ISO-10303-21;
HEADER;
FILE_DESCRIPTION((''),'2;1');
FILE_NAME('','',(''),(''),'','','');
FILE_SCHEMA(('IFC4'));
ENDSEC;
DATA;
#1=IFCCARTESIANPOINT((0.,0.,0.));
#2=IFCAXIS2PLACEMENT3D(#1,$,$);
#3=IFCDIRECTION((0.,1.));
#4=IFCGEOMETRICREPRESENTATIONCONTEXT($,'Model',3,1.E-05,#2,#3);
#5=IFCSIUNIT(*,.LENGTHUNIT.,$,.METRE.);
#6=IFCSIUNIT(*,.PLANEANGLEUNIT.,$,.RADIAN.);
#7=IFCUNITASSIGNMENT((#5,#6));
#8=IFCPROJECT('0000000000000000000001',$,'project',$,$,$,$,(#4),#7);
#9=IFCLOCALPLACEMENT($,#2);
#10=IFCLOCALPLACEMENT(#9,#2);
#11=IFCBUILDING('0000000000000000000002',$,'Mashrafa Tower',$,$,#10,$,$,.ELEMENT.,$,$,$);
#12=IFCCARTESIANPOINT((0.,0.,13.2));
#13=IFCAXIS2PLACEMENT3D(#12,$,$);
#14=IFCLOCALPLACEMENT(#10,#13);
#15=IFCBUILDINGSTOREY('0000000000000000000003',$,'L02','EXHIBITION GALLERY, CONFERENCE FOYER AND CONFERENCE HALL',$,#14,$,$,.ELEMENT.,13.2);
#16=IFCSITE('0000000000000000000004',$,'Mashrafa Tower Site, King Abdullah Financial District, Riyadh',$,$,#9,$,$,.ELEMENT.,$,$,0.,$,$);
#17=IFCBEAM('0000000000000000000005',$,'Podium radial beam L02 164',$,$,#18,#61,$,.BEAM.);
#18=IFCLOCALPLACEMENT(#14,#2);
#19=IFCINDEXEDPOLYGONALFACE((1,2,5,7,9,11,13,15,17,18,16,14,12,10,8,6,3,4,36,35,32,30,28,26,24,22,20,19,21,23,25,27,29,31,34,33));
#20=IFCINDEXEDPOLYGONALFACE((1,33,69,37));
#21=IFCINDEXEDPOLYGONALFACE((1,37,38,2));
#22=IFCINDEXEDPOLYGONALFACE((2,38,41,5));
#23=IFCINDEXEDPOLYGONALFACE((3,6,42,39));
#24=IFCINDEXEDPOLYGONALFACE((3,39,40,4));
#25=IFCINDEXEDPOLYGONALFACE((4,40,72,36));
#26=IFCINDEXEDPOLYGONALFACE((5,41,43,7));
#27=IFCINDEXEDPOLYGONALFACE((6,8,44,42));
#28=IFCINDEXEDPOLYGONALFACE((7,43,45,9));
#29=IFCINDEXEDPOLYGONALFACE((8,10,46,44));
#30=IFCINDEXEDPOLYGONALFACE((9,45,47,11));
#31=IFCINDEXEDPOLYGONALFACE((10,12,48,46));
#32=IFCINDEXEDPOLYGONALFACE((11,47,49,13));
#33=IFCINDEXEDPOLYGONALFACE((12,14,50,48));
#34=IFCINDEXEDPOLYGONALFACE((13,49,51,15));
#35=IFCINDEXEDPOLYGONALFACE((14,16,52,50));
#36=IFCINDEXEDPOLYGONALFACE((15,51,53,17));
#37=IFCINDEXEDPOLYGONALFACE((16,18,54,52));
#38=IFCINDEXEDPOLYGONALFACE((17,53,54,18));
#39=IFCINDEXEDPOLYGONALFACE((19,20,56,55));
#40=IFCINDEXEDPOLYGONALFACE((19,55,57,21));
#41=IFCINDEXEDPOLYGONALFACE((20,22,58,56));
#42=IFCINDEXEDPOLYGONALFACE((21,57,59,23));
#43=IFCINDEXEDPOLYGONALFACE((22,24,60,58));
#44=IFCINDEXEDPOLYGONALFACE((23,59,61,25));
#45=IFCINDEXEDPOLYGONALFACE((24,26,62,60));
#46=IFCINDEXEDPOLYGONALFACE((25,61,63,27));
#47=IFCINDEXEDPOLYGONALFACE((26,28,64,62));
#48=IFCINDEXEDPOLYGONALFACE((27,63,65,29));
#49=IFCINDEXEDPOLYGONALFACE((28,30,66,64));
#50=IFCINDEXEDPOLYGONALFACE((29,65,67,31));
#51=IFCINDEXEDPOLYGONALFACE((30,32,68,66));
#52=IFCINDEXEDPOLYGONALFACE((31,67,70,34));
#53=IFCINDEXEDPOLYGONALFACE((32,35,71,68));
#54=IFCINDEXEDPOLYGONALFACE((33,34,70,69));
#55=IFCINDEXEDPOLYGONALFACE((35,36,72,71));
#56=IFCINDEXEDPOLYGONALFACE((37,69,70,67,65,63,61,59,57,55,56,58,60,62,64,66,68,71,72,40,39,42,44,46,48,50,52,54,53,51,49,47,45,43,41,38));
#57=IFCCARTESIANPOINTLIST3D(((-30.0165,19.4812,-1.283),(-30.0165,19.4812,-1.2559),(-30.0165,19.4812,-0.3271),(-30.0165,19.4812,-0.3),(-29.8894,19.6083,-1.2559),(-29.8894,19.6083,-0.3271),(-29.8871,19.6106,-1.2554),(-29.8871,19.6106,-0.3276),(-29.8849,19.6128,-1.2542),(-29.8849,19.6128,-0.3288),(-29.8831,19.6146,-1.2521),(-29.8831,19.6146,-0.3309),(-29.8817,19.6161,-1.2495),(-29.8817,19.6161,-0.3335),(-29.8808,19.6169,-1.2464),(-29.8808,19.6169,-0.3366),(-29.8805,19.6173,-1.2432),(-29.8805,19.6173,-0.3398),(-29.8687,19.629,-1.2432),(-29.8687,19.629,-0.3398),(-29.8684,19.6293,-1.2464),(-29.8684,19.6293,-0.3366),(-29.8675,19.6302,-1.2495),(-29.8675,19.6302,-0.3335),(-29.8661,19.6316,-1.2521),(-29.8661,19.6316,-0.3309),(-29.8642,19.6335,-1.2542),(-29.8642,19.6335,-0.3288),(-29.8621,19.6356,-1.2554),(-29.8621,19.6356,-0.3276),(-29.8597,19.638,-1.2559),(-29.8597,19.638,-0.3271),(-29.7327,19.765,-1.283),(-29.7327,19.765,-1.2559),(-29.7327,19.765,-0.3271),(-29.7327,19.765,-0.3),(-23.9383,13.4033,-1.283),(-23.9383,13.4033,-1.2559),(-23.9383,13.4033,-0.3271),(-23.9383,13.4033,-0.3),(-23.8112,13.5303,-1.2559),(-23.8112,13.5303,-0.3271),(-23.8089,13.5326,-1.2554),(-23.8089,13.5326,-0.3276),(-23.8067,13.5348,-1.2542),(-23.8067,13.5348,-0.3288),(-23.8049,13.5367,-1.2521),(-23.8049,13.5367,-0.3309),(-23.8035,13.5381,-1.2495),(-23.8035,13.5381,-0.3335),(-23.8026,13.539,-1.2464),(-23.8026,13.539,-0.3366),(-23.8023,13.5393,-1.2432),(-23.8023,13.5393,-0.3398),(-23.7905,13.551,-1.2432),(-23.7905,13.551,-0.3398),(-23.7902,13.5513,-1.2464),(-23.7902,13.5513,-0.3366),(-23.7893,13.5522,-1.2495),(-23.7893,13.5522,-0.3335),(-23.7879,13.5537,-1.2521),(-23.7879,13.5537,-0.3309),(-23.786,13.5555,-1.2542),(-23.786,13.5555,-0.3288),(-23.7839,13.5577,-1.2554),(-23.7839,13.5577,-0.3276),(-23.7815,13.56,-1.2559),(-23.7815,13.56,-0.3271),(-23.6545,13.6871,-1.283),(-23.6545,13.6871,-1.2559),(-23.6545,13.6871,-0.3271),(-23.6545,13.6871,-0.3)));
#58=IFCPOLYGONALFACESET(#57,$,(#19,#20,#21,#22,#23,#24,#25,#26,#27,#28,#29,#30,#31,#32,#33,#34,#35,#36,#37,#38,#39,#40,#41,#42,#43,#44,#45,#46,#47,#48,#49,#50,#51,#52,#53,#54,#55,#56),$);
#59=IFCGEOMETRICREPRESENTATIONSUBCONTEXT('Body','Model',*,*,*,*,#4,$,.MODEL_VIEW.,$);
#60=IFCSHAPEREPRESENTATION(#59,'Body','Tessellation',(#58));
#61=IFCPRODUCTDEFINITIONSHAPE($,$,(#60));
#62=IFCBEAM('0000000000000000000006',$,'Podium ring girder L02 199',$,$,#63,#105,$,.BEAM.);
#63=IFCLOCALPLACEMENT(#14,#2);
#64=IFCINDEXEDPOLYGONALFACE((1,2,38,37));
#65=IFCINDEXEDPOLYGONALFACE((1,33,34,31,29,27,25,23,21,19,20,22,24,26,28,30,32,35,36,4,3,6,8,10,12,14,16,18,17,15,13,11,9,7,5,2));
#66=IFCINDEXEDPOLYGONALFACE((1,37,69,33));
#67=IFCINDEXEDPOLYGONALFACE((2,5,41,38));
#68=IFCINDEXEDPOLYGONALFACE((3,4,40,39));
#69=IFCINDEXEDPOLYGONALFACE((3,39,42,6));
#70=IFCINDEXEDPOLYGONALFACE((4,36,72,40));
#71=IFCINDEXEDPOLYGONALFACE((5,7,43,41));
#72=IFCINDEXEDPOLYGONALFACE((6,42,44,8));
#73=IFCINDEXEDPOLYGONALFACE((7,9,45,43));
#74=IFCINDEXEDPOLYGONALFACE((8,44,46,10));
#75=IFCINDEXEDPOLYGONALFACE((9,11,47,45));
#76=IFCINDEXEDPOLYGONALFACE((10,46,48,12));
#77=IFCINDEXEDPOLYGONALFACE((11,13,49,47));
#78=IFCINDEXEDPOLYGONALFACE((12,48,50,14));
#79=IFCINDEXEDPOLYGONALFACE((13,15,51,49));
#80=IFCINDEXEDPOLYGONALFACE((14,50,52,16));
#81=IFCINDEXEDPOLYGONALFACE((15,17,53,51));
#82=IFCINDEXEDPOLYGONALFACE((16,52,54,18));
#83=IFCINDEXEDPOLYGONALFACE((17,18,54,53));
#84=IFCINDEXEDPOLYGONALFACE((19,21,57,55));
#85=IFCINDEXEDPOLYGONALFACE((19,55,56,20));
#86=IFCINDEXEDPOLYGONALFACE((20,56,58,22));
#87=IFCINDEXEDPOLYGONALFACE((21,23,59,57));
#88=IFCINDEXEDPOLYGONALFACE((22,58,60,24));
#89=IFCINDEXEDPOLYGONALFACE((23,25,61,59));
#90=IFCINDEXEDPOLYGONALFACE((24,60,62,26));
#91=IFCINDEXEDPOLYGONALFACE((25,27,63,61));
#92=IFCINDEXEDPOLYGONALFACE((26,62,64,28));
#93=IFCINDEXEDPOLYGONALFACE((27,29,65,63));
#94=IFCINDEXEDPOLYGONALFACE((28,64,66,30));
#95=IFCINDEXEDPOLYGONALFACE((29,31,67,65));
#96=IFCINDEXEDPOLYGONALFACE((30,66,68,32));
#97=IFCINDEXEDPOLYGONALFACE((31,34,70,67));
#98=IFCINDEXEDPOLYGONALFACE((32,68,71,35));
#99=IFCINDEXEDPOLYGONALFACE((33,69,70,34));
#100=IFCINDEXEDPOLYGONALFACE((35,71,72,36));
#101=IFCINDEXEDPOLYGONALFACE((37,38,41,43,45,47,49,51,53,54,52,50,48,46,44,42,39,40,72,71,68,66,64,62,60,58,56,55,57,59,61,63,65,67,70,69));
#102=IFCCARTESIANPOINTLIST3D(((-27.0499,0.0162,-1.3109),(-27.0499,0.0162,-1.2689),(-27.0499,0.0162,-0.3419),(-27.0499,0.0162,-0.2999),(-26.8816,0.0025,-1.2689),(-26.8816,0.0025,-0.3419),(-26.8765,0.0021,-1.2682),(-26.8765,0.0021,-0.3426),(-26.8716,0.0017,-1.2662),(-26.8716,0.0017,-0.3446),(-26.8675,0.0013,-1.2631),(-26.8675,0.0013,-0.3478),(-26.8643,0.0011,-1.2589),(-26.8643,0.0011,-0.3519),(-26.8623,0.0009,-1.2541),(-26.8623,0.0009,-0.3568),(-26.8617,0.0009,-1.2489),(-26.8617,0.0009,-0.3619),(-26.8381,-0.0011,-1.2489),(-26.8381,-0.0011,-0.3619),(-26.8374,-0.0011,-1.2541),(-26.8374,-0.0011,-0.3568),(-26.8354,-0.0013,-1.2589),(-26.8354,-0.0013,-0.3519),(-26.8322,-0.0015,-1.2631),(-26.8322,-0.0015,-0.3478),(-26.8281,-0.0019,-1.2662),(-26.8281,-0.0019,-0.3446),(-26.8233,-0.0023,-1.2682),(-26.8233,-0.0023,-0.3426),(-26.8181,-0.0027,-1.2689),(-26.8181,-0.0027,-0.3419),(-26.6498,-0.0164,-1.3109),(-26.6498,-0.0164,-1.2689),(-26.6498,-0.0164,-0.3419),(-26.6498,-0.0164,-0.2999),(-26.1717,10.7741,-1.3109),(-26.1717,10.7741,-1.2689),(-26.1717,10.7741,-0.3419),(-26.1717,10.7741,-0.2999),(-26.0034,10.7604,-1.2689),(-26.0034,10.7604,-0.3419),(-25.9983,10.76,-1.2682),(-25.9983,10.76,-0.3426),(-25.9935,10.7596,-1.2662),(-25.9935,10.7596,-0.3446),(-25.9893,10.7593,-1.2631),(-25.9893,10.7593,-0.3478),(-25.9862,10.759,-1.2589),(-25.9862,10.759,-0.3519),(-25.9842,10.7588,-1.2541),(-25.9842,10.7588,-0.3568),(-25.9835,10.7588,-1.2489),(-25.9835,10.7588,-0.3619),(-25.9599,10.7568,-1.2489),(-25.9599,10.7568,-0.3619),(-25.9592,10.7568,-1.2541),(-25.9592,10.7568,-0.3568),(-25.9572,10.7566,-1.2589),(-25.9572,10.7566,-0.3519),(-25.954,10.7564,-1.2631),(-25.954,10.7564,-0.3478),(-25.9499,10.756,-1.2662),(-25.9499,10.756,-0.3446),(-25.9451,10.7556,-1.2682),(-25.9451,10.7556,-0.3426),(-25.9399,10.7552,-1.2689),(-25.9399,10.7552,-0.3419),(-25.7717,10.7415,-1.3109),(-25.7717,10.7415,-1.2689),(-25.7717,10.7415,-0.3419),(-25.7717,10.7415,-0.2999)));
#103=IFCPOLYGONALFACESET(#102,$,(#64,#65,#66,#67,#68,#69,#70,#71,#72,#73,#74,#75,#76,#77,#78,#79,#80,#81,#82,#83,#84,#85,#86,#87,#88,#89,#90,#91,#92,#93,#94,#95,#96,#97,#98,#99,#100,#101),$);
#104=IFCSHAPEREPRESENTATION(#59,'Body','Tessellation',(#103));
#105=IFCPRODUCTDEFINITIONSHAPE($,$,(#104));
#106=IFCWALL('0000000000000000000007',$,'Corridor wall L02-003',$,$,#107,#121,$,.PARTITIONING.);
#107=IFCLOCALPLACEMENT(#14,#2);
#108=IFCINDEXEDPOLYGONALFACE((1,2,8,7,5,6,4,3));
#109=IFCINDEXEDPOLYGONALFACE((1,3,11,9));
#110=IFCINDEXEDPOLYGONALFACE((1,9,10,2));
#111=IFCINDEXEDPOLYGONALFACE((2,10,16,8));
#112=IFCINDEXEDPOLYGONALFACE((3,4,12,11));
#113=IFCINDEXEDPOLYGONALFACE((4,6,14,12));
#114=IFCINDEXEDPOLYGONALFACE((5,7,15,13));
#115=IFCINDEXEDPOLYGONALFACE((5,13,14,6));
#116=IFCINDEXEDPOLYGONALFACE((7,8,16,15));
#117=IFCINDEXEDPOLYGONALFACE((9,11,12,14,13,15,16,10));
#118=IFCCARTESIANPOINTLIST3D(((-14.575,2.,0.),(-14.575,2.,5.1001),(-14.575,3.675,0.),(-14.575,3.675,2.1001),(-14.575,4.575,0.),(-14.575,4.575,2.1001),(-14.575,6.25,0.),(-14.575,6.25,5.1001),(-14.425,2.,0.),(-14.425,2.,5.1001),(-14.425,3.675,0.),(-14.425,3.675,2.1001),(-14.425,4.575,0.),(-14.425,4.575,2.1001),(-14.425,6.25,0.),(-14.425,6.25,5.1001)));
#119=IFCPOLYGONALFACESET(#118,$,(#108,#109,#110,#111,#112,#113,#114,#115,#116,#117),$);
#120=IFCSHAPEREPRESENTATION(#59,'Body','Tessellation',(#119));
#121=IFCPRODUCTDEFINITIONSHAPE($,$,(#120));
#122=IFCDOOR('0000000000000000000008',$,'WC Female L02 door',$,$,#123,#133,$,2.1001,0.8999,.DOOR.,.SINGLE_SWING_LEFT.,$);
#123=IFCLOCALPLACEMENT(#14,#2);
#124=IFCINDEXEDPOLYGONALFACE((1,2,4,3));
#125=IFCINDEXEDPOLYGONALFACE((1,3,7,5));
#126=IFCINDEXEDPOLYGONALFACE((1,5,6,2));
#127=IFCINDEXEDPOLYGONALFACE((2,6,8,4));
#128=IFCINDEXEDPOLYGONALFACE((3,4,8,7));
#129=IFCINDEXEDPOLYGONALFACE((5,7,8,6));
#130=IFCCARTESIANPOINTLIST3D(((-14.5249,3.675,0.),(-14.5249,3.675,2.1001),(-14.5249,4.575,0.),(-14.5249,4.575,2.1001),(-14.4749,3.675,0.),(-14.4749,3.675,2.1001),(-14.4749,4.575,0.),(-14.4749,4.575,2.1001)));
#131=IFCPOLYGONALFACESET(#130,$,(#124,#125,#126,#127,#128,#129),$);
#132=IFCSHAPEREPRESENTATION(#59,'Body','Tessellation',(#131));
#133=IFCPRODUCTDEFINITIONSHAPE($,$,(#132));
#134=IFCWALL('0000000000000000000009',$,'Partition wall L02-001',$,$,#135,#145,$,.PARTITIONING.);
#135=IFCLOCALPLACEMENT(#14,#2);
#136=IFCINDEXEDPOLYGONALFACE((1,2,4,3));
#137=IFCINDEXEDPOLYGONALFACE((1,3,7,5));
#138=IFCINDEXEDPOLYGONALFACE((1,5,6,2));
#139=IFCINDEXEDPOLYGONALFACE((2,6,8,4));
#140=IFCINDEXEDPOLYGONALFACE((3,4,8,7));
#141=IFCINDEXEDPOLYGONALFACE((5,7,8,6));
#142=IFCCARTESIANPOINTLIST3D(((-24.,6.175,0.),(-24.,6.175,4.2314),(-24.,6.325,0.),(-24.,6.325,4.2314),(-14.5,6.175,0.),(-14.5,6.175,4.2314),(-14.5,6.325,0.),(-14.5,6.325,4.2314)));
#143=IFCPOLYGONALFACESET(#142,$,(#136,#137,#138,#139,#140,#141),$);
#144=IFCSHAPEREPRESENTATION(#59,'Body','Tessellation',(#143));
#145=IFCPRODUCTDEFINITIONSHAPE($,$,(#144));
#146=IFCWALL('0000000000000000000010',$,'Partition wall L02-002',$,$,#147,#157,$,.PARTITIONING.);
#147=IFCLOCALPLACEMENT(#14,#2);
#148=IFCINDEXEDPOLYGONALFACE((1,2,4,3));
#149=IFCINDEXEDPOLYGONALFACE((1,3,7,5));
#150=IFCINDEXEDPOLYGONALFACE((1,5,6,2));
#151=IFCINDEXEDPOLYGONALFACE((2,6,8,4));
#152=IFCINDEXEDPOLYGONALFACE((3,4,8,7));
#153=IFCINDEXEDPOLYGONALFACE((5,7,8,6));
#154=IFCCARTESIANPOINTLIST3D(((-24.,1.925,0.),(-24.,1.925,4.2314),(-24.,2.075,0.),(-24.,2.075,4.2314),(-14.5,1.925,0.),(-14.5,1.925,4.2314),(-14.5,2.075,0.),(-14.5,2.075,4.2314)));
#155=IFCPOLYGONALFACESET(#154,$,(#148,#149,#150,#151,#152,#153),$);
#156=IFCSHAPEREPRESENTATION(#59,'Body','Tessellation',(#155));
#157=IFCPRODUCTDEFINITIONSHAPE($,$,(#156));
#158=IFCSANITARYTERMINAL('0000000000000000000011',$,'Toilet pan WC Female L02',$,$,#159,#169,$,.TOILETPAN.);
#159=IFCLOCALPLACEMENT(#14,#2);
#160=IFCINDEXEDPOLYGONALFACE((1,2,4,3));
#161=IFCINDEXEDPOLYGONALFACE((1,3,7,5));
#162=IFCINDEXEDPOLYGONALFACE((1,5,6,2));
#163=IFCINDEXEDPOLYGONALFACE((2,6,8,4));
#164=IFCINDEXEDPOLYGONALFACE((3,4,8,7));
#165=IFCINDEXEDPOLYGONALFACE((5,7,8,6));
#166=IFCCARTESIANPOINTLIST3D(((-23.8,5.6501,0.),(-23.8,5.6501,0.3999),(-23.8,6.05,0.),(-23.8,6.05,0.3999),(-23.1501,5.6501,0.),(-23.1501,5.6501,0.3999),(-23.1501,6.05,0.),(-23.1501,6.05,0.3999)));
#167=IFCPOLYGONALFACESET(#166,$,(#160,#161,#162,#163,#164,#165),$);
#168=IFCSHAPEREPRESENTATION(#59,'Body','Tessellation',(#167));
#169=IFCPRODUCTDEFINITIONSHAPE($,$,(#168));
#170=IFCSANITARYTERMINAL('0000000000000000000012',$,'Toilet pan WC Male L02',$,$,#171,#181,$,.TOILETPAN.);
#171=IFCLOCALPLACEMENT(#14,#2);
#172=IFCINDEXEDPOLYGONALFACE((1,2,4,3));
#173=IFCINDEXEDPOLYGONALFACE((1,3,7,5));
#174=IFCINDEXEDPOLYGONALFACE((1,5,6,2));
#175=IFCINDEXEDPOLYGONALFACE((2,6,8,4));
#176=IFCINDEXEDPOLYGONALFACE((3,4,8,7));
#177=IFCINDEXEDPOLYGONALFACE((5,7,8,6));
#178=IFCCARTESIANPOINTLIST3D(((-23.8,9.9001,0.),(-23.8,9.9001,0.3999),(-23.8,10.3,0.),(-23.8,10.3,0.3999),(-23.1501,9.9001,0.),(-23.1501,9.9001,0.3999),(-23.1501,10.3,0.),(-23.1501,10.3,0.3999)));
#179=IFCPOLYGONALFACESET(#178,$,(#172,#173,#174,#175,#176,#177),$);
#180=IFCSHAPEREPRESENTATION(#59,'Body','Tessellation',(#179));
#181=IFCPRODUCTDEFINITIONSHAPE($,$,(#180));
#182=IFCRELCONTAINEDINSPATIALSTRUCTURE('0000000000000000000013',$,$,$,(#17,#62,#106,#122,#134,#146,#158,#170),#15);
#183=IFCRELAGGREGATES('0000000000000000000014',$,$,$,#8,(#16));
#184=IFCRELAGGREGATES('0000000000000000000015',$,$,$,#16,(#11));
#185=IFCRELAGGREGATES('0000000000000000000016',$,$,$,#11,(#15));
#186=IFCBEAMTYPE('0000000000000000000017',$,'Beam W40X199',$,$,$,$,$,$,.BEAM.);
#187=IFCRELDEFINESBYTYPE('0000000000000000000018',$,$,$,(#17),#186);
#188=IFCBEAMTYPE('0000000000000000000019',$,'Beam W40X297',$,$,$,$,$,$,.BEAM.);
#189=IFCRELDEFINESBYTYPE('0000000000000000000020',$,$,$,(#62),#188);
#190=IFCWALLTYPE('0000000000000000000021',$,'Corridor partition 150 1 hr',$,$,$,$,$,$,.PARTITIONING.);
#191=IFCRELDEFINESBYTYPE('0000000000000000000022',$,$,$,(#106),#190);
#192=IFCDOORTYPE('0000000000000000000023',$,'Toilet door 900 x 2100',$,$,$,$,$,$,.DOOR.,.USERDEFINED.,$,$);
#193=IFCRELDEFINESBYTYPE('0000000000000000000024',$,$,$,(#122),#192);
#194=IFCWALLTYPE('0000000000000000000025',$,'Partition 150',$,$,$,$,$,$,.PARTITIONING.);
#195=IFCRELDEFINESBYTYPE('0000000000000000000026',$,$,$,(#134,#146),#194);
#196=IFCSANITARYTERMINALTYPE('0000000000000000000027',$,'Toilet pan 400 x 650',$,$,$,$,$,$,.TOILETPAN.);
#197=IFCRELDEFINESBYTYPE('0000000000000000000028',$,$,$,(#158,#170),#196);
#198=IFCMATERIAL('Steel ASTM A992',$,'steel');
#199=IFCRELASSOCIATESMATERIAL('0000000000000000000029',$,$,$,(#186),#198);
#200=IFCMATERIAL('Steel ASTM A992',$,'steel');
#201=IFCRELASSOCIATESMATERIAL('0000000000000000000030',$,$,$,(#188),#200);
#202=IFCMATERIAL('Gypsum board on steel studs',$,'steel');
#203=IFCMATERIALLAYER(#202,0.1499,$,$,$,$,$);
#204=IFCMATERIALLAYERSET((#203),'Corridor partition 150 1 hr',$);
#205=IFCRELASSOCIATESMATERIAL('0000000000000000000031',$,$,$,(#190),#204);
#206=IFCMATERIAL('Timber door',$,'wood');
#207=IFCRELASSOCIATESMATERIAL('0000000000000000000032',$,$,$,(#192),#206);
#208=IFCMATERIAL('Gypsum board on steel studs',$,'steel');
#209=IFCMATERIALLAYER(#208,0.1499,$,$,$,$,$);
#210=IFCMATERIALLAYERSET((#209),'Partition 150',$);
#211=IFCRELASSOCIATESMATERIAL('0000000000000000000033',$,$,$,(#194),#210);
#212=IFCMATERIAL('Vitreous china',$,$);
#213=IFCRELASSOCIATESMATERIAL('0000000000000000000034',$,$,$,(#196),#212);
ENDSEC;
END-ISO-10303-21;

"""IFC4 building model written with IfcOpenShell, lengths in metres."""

from ifc_helpers import new_model, si_unit, direction, frame, frame_2d, origin, origin_2d, place, context, subcontext, project, spatial, rectangle, i_section, extrude, material, layer, layer_set, material_profile, profile_set, type_object, element, fill, save


model = new_model("IFC4")

# Units and contexts
model_context = context("Model", 3, precision=1e-05, world=origin(), true_north=direction((0.0, 1.0)))
body_context = subcontext(model_context, "Body", "Model", "MODEL_VIEW")
ifc_project = project(units=[si_unit("LENGTHUNIT", "METRE"), si_unit("PLANEANGLEUNIT", "RADIAN")], contexts=[model_context])

# Site, building, storey
site_placement = place(None, origin())
site = spatial("IfcSite", under=ifc_project, at=site_placement, Name="Mashrafa Tower Site, King Abdullah Financial District, Riyadh", CompositionType="ELEMENT", RefElevation=0.0)
building_placement = place(site_placement, origin())
building = spatial("IfcBuilding", under=site, at=building_placement, Name="Mashrafa Tower", CompositionType="ELEMENT")
storey_placement = place(building_placement, frame((0.0, 0.0, 13.2)))
storey = spatial("IfcBuildingStorey", under=building, at=storey_placement, Name="L02", Description="EXHIBITION GALLERY, CONFERENCE FOYER AND CONFERENCE HALL", CompositionType="ELEMENT", Elevation=13.2)

# Beams
ifc_material_1 = material(Name="Steel ASTM A992", Category="steel")
ifc_material_profile_1 = material_profile(ifc_material_1, i_section(OverallWidth=0.4014, OverallDepth=0.9829, WebThickness=0.0166, FlangeThickness=0.0271, FilletRadius=0.0127, at=origin_2d()), Name="W40X199")
ifc_profile_set_1 = profile_set([ifc_material_profile_1], Name="Steel ASTM A992")
beam_type_1 = type_object("IfcBeamType", Name="Beam W40X199", PredefinedType="BEAM", material=ifc_profile_set_1)
beam_1_placement = place(storey_placement, frame((-23.7964, 13.5452, -0.7915), z_axis=(-0.707121, 0.707093, 0.0), x_axis=(-0.707093, -0.707121, 0.0)))
element("IfcBeam", 1, at=beam_1_placement, inside=storey, type_object=beam_type_1, Name="Podium radial beam L02 164", PredefinedType="BEAM", context=body_context, shape_type="SweptSolid", body=[
    extrude(i_section(OverallWidth=0.4014, OverallDepth=0.9829, WebThickness=0.0166, FlangeThickness=0.0271, FilletRadius=0.0127, at=origin_2d()), origin(), (0.0, 0.0, 1.0), 8.5957),
])
ifc_material_2 = material(Name="Steel ASTM A992", Category="steel")
ifc_material_profile_2 = material_profile(ifc_material_2, i_section(OverallWidth=0.4014, OverallDepth=1.011, WebThickness=0.0237, FlangeThickness=0.042, FilletRadius=0.02, at=origin_2d()), Name="W40X297")
ifc_profile_set_2 = profile_set([ifc_material_profile_2], Name="Steel ASTM A992")
beam_type_2 = type_object("IfcBeamType", Name="Beam W40X297", PredefinedType="BEAM", material=ifc_profile_set_2)
beam_2_placement = place(storey_placement, frame((-25.9717, 10.7578, -0.8054), z_axis=(-0.081361, -0.996685, 0.0), x_axis=(0.996685, -0.081361, 0.0)))
element("IfcBeam", 2, at=beam_2_placement, inside=storey, type_object=beam_type_2, Name="Podium ring girder L02 199", PredefinedType="BEAM", context=body_context, shape_type="SweptSolid", body=[
    extrude(i_section(OverallWidth=0.4014, OverallDepth=1.011, WebThickness=0.0237, FlangeThickness=0.042, FilletRadius=0.02, at=origin_2d()), origin(), (0.0, 0.0, 1.0), 10.7937),
])

# Wall, opening, door
ifc_material_3 = material(Name="Gypsum board on steel studs", Category="steel")
ifc_layer_1 = layer(ifc_material_3, 0.1499)
ifc_layer_set_1 = layer_set([ifc_layer_1], Name="Corridor partition 150 1 hr")
wall_type_1 = type_object("IfcWallType", Name="Corridor partition 150 1 hr", PredefinedType="PARTITIONING", material=ifc_layer_set_1)
wall_placement = place(storey_placement, frame((-14.5, 2.0, 0.0), z_axis=(0.0, 0.0, 1.0), x_axis=(0.0, 1.0, 0.0)))
wall = element("IfcWall", 3, at=wall_placement, inside=storey, type_object=wall_type_1, Name="Corridor wall L02-003", PredefinedType="PARTITIONING", context=body_context, shape_type="SweptSolid", body=[
    extrude(rectangle(XDim=4.25, YDim=0.1499, at=frame_2d((2.125, 0.0))), origin(), (0.0, 0.0, 1.0), 5.1001),
])
opening_placement = place(wall_placement, frame((1.675, 0.0, 0.0)))
opening = element("IfcOpeningElement", 4, at=opening_placement, cuts=wall, PredefinedType="OPENING", context=body_context, shape_type="SweptSolid", body=[
    extrude(rectangle(XDim=0.8999, YDim=2.1001, at=frame_2d((0.45, 1.05))), frame((0.0, 0.085, 0.0), z_axis=(0.0, -1.0, 0.0), x_axis=(1.0, 0.0, 0.0)), (0.0, 0.0, 1.0), 0.1699),
])
ifc_material_4 = material(Name="Timber door", Category="wood")
door_type = type_object("IfcDoorType", Name="Toilet door 900 x 2100", OperationType="USERDEFINED", PredefinedType="DOOR", material=ifc_material_4)
door_placement = place(opening_placement, origin())
door = element("IfcDoor", 5, at=door_placement, inside=storey, type_object=door_type, Name="WC Female L02 door", OperationType="SINGLE_SWING_LEFT", OverallHeight=2.1001, OverallWidth=0.8999, PredefinedType="DOOR", context=body_context, shape_type="SweptSolid", body=[
    extrude(rectangle(XDim=0.8999, YDim=2.1001, at=frame_2d((0.45, 1.05))), frame((0.0, 0.0249, 0.0), z_axis=(0.0, -1.0, 0.0), x_axis=(1.0, 0.0, 0.0)), (0.0, 0.0, 1.0), 0.05),
])
fill(opening, door)

# Walls
ifc_material_5 = material(Name="Gypsum board on steel studs", Category="steel")
ifc_layer_2 = layer(ifc_material_5, 0.1499)
ifc_layer_set_2 = layer_set([ifc_layer_2], Name="Partition 150")
wall_type_2 = type_object("IfcWallType", Name="Partition 150", PredefinedType="PARTITIONING", material=ifc_layer_set_2)
for number, where, z_axis, x_axis, name in (
    (6, (-14.5, 6.25, 0.0), (0.0, 0.0, 1.0), (-1.0, 0.0, 0.0), "Partition wall L02-001"),
    (7, (-24.0, 2.0, 0.0), (0.0, 0.0, 1.0), (1.0, 0.0, 0.0), "Partition wall L02-002"),
):
    element("IfcWall", number, at=place(storey_placement, frame(where, z_axis=z_axis, x_axis=x_axis)), inside=storey, type_object=wall_type_2, Name=name, PredefinedType="PARTITIONING", context=body_context, shape_type="SweptSolid", body=[
        extrude(rectangle(XDim=9.5, YDim=0.1499, at=frame_2d((4.75, 0.0))), origin(), (0.0, 0.0, 1.0), 4.2314),
    ])

# Sanitary terminals
ifc_material_6 = material(Name="Vitreous china")
sanitary_terminal_type_1 = type_object("IfcSanitaryTerminalType", Name="Toilet pan 400 x 650", PredefinedType="TOILETPAN", material=ifc_material_6)
for number, where, z_axis, x_axis, name in (
    (8, (-23.4751, 5.8501, 0.0), (0.0, 0.0, 1.0), (0.0, -1.0, 0.0), "Toilet pan WC Female L02"),
    (9, (-23.4751, 10.1001, 0.0), (0.0, 0.0, 1.0), (0.0, -1.0, 0.0), "Toilet pan WC Male L02"),
):
    element("IfcSanitaryTerminal", number, at=place(storey_placement, frame(where, z_axis=z_axis, x_axis=x_axis)), inside=storey, type_object=sanitary_terminal_type_1, Name=name, PredefinedType="TOILETPAN", context=body_context, shape_type="SweptSolid", body=[
        extrude(rectangle(XDim=0.3999, YDim=0.6499, at=origin_2d()), origin(), (0.0, 0.0, 1.0), 0.3999),
    ])

save(model, "model.ifc")
